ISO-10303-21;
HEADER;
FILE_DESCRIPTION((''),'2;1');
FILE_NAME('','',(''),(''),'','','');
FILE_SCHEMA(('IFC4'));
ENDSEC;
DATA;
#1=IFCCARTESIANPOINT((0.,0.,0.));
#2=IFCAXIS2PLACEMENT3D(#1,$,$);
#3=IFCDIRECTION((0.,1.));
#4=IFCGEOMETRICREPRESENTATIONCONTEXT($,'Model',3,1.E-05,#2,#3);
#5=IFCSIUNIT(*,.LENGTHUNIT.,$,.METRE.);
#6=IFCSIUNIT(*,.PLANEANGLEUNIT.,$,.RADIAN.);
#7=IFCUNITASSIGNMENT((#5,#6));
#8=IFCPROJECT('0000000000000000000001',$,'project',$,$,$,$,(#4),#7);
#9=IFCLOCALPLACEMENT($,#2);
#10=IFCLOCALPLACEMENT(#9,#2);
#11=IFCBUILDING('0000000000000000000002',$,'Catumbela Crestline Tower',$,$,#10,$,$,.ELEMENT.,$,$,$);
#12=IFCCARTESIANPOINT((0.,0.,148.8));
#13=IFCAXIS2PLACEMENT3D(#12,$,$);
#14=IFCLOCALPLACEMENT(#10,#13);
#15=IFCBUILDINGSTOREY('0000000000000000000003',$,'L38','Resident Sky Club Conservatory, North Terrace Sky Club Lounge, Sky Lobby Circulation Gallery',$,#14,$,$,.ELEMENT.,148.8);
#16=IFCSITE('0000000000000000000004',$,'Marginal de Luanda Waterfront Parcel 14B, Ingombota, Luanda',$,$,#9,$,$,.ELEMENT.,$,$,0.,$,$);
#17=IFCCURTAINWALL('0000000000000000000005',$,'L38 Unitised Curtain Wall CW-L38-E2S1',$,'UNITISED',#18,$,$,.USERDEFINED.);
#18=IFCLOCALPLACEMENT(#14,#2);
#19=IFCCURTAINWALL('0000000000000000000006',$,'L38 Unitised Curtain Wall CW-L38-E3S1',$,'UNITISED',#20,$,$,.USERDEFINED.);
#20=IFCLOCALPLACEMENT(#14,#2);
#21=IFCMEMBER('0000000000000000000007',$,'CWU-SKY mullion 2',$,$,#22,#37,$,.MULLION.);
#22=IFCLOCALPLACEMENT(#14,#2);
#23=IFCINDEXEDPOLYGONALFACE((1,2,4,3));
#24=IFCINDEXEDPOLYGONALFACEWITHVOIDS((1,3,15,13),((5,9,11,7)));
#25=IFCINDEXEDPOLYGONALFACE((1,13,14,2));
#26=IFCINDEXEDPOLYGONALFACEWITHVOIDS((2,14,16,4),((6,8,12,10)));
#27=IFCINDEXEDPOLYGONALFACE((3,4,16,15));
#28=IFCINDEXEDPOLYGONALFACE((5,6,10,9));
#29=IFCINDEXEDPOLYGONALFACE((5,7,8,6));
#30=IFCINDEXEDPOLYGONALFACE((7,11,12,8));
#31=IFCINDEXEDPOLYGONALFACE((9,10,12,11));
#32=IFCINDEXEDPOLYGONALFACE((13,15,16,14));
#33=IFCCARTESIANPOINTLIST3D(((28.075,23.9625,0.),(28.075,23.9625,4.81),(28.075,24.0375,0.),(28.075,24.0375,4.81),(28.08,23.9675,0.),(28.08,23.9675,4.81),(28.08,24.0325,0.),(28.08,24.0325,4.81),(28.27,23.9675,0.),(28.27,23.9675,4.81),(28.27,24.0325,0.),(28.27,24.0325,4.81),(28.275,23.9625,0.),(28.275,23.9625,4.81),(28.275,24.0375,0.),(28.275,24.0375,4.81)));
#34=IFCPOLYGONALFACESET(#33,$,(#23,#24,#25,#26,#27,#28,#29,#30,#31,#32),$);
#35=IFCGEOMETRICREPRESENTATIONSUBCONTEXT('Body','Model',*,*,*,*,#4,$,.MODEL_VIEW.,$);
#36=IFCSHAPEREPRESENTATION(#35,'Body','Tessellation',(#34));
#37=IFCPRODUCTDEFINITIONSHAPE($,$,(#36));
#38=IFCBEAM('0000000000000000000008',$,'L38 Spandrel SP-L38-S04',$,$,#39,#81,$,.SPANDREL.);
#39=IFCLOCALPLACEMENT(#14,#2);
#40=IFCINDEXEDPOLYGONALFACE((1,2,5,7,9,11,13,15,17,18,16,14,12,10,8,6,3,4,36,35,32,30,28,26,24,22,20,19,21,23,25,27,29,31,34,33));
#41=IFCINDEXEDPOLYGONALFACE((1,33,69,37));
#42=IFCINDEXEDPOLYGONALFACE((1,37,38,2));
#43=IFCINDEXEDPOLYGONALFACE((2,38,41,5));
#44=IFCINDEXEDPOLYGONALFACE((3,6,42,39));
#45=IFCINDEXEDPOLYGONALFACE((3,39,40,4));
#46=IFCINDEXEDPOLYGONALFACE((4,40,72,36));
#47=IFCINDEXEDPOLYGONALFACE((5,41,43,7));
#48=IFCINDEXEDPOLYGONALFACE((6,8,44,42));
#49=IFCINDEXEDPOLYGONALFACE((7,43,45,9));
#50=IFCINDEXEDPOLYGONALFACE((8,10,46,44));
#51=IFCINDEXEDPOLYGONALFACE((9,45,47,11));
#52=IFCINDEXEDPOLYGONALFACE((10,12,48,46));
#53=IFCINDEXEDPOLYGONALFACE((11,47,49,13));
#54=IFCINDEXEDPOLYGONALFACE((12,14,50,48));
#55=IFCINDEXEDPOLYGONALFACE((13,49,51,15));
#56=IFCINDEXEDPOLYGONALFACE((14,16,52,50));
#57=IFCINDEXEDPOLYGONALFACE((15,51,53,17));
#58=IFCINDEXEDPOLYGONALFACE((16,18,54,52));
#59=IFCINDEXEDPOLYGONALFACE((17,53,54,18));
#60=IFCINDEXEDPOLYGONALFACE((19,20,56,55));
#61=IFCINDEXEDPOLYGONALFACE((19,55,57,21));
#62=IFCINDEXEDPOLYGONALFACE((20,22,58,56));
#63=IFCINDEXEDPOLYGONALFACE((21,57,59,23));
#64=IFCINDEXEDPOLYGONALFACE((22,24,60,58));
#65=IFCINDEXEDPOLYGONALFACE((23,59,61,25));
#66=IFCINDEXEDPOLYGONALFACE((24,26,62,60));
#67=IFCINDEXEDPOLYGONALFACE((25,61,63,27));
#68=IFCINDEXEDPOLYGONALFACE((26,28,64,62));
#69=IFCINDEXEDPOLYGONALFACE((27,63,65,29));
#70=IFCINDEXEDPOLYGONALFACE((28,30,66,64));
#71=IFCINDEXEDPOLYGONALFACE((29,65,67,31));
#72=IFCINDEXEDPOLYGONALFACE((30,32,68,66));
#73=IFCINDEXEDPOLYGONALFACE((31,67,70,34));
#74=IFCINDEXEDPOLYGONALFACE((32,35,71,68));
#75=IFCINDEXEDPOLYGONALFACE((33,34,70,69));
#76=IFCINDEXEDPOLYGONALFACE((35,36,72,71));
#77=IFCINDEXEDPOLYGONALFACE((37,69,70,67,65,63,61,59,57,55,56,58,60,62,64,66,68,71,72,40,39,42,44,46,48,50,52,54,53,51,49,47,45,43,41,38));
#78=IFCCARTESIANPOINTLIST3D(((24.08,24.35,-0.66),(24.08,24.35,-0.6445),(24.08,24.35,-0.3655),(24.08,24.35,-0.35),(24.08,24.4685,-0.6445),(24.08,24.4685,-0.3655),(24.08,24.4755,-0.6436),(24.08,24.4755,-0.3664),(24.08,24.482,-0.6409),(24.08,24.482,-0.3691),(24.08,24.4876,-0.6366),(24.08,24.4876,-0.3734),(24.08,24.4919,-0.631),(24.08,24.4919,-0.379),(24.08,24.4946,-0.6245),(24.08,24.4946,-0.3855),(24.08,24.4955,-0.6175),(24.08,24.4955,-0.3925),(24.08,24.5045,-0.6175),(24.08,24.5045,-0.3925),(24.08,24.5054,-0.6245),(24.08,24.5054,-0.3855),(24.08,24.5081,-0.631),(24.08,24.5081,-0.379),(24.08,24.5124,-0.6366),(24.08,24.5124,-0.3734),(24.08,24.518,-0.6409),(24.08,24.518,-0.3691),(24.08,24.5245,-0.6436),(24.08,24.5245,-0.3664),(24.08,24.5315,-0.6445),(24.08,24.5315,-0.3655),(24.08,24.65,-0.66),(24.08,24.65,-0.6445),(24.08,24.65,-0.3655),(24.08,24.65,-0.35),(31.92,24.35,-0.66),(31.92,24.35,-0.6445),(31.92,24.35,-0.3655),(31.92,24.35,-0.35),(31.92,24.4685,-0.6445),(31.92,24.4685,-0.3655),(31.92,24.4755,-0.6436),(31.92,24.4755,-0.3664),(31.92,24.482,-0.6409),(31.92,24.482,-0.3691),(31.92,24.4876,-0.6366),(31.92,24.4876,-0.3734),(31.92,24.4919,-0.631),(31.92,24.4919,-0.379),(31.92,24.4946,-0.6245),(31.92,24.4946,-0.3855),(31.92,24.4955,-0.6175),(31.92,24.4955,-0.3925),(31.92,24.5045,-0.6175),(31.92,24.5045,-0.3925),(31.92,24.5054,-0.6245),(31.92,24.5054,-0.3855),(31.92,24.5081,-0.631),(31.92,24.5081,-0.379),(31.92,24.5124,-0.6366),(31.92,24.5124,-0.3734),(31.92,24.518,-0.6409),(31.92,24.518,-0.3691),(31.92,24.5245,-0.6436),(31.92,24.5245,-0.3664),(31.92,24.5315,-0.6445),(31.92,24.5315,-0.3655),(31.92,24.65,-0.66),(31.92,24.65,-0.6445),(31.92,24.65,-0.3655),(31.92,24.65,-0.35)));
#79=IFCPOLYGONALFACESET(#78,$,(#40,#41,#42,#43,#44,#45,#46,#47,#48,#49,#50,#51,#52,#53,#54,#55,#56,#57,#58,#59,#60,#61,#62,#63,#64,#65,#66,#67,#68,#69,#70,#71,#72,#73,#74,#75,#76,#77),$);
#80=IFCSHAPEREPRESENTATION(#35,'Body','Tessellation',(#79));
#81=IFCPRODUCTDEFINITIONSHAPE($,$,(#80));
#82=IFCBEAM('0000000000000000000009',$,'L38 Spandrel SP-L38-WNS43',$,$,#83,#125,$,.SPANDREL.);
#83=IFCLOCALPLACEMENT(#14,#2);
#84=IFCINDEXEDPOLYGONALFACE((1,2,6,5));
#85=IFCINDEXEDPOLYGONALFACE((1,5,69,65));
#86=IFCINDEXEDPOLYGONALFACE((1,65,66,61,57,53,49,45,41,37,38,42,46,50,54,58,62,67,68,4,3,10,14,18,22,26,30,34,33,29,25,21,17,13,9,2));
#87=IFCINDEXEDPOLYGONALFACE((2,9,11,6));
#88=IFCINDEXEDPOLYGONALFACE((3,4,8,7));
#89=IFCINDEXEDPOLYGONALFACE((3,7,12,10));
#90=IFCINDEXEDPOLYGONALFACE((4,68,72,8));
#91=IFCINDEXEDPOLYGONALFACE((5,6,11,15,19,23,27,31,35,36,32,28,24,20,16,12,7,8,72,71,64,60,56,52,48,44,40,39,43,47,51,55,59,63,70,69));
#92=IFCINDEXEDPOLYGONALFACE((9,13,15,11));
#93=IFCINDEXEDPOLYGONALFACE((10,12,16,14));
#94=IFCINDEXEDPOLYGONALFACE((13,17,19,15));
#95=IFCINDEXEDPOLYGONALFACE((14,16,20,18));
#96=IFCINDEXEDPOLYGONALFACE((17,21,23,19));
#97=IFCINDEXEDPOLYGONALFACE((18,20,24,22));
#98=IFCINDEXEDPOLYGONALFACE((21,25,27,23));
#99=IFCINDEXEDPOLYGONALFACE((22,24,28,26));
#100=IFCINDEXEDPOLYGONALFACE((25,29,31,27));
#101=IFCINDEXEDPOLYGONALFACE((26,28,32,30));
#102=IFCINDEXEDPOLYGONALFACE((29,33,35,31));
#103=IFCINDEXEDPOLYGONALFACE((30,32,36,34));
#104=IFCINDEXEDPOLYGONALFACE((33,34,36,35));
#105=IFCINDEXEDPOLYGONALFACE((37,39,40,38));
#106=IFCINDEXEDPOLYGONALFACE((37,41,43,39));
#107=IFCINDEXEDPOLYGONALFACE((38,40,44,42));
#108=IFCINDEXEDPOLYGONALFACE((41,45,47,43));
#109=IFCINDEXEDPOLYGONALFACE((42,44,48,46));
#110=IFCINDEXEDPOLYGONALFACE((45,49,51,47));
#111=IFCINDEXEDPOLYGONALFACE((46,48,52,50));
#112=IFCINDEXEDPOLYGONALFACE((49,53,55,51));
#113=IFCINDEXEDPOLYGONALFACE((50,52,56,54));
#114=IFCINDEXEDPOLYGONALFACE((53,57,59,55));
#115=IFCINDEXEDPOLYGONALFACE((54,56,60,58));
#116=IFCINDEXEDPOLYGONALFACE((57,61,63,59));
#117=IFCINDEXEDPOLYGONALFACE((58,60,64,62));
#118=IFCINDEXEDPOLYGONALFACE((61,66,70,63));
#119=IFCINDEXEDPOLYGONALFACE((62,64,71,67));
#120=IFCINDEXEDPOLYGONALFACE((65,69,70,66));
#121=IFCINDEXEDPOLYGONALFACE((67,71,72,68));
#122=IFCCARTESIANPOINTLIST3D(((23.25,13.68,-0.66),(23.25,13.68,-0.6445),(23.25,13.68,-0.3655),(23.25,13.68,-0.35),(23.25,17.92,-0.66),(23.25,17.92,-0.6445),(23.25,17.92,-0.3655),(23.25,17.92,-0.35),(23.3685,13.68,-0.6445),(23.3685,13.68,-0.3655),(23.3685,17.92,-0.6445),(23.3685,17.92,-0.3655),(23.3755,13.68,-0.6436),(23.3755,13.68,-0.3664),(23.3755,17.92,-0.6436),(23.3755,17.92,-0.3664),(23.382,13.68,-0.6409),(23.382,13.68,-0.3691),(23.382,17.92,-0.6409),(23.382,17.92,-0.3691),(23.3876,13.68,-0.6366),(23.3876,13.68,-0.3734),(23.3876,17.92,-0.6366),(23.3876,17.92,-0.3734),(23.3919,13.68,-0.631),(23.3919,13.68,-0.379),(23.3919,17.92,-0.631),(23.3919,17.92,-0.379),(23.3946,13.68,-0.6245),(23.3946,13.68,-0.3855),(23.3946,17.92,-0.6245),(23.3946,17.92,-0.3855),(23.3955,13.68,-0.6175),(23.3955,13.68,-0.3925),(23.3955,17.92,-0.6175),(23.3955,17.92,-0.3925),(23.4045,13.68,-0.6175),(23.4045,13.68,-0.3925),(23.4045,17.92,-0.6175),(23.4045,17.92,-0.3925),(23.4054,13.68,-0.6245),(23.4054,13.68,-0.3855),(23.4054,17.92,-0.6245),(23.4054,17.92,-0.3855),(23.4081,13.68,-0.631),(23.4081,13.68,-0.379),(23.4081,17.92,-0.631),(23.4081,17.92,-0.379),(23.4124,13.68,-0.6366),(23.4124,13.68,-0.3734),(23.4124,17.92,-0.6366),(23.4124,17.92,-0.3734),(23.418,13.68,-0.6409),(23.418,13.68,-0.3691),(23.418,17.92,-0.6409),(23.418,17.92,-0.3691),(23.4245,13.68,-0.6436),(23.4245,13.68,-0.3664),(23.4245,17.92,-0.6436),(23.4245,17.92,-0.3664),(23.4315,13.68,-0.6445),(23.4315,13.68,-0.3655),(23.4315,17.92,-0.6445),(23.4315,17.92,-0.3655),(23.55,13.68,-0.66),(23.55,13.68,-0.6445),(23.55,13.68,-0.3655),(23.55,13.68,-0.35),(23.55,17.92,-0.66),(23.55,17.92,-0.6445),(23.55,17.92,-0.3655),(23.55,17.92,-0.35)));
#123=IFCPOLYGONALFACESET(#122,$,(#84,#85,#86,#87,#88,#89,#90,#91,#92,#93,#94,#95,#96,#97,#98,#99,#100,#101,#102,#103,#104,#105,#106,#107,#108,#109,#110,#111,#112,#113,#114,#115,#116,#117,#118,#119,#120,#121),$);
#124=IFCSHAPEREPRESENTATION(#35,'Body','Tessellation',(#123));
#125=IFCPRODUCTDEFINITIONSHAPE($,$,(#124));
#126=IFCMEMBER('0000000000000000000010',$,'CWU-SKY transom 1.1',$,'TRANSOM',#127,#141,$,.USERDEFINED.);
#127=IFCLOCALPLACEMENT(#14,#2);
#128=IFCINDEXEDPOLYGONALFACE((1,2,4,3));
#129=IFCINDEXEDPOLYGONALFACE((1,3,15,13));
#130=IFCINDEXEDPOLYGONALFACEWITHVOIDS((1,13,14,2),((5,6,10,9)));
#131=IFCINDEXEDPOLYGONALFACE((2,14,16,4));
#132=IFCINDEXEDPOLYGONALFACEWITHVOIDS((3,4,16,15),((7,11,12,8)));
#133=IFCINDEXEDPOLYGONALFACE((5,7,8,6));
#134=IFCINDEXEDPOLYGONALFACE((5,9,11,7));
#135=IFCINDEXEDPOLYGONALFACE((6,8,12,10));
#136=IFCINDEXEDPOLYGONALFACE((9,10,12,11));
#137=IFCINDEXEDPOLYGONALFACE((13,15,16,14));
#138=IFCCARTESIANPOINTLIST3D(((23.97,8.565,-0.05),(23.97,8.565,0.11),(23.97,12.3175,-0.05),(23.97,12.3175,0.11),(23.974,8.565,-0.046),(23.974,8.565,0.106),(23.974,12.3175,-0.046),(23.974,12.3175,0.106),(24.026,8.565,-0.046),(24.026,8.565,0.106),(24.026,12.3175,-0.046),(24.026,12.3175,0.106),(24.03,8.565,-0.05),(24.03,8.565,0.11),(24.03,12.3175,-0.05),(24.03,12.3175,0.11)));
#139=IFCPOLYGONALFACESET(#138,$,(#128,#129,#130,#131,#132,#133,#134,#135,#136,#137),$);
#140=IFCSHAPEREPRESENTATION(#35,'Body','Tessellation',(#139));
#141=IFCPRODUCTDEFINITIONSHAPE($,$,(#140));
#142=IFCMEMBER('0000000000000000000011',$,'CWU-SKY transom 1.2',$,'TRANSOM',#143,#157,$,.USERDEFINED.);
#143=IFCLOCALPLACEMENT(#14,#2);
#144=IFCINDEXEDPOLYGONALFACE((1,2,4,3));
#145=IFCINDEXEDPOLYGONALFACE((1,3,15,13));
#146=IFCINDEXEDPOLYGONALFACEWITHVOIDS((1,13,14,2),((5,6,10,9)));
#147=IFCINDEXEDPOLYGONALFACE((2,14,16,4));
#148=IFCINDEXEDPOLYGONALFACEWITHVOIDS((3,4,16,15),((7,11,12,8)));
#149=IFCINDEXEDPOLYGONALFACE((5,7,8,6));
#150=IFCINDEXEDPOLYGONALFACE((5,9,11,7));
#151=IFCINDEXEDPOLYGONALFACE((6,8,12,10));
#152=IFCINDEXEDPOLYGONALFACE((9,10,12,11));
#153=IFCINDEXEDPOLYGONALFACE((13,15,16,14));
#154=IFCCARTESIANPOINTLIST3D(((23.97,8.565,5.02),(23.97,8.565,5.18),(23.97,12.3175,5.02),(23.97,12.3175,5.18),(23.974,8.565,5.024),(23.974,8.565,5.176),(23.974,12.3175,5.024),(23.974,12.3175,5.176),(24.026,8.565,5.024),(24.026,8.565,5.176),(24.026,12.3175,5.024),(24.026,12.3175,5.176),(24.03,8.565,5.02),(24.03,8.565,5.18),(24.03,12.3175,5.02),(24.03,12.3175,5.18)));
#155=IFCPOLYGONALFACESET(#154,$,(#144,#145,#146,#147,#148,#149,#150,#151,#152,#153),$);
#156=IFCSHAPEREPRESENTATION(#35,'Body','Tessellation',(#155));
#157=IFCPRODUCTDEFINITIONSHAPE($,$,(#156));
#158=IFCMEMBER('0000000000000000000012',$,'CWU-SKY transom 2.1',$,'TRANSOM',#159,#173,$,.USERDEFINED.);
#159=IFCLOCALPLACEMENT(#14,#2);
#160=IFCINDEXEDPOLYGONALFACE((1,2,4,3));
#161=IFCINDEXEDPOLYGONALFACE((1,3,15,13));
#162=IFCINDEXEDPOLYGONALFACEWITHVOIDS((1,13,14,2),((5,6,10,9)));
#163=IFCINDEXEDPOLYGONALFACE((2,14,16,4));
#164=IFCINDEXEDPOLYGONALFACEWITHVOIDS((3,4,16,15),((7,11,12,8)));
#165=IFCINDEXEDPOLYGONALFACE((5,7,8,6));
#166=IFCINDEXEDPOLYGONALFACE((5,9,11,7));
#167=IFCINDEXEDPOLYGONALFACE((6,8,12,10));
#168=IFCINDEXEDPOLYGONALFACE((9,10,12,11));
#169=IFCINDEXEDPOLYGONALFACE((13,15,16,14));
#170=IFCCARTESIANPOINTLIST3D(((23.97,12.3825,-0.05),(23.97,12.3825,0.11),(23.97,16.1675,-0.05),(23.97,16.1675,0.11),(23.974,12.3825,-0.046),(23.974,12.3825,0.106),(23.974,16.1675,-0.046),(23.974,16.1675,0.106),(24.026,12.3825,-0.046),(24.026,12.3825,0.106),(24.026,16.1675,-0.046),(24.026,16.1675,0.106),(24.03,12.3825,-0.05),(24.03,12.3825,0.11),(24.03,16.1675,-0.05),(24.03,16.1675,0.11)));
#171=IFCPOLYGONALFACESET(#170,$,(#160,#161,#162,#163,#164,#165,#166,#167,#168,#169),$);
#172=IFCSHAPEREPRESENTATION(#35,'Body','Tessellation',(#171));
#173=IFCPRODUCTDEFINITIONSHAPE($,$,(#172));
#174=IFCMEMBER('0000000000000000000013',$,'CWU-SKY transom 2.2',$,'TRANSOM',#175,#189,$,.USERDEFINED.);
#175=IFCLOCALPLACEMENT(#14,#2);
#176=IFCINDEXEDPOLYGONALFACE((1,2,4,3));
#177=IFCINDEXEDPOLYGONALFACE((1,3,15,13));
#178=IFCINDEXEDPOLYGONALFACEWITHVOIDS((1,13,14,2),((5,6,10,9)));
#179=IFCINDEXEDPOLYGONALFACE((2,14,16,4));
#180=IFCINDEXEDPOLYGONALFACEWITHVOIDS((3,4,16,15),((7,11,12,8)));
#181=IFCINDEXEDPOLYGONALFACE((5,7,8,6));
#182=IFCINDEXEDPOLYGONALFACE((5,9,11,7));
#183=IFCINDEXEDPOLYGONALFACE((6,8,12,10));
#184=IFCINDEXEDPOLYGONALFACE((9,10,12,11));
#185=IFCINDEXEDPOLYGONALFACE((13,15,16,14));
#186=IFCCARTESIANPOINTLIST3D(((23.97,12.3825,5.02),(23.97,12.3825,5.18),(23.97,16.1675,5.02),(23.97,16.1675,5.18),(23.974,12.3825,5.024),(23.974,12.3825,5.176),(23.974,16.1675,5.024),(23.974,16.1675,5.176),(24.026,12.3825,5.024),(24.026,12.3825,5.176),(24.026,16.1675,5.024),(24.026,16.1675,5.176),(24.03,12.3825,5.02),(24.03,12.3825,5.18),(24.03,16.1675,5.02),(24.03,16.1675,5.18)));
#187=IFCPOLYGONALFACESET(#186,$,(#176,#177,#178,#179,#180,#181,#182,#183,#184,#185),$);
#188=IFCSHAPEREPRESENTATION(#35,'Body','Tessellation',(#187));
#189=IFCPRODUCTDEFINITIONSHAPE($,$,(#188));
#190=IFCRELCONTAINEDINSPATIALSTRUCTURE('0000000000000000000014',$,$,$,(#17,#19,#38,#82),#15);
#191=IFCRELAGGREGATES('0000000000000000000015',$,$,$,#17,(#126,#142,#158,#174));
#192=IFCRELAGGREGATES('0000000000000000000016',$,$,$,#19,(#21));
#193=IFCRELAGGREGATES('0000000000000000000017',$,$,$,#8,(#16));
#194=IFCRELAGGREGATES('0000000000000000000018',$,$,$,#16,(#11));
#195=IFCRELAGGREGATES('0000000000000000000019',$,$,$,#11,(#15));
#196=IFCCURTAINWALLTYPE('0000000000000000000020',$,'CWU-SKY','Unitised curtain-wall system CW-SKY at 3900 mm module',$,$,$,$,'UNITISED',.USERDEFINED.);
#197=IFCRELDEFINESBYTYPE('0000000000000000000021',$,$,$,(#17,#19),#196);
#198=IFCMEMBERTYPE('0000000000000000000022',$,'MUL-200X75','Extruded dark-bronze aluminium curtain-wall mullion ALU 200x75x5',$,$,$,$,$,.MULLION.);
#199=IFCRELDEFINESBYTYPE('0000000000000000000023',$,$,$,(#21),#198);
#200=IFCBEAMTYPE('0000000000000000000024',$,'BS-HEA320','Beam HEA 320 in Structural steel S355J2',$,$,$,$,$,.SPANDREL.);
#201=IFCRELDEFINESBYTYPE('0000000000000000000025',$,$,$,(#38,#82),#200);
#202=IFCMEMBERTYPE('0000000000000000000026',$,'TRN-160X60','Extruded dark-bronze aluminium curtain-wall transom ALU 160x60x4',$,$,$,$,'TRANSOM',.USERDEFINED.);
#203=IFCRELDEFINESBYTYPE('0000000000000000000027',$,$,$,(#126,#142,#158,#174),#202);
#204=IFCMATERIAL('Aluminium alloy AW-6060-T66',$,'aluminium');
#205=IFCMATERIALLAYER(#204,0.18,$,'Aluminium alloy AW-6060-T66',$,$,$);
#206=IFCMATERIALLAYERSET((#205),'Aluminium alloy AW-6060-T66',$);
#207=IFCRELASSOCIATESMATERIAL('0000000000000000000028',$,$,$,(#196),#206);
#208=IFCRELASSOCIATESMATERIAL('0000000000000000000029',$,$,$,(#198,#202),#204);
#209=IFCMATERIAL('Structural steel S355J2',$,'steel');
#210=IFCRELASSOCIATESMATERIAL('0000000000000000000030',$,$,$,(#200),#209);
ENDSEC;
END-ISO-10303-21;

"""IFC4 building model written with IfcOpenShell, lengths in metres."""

from ifc_helpers import new_model, si_unit, direction, frame, origin, origin_2d, place, context, subcontext, project, spatial, hollow_rectangle, i_section, extrude, material, layer, layer_set, material_profile, profile_set, type_object, element, aggregate, save


model = new_model("IFC4")

# Units and contexts
model_context = context("Model", 3, precision=1e-05, world=origin(), true_north=direction((0.0, 1.0)))
body_context = subcontext(model_context, "Body", "Model", "MODEL_VIEW")
ifc_project = project(units=[si_unit("LENGTHUNIT", "METRE"), si_unit("PLANEANGLEUNIT", "RADIAN")], contexts=[model_context])

# Site, building, storey
site_placement = place(None, origin())
site = spatial("IfcSite", under=ifc_project, at=site_placement, Name="Marginal de Luanda Waterfront Parcel 14B, Ingombota, Luanda", CompositionType="ELEMENT", RefElevation=0.0)
building_placement = place(site_placement, origin())
building = spatial("IfcBuilding", under=site, at=building_placement, Name="Catumbela Crestline Tower", CompositionType="ELEMENT")
storey_placement = place(building_placement, frame((0.0, 0.0, 148.8)))
storey = spatial("IfcBuildingStorey", under=building, at=storey_placement, Name="L38", Description="Resident Sky Club Conservatory, North Terrace Sky Club Lounge, Sky Lobby Circulation Gallery", CompositionType="ELEMENT", Elevation=148.8)

# Shared definitions
ifc_material_1 = material(Name="Structural steel S355J2", Category="steel")

# Curtain walls, member
ifc_material_2 = material(Name="Aluminium alloy AW-6060-T66", Category="aluminium")
ifc_layer_1 = layer(ifc_material_2, 0.18, Name="Aluminium alloy AW-6060-T66")
ifc_layer_set_1 = layer_set([ifc_layer_1], Name="Aluminium alloy AW-6060-T66")
curtain_wall_type = type_object("IfcCurtainWallType", Name="CWU-SKY", Description="Unitised curtain-wall system CW-SKY at 3900 mm module", ElementType="UNITISED", PredefinedType="USERDEFINED", material=ifc_layer_set_1)
curtain_wall_1_placement = place(storey_placement, origin())
curtain_wall_1 = element("IfcCurtainWall", 1, at=curtain_wall_1_placement, inside=storey, type_object=curtain_wall_type, Name="L38 Unitised Curtain Wall CW-L38-E2S1", ObjectType="UNITISED", PredefinedType="USERDEFINED")
ifc_material_profile_1 = material_profile(ifc_material_2, hollow_rectangle(XDim=0.075, YDim=0.2, WallThickness=0.005, at=origin_2d()), Name="ALU 200x75x5")
ifc_profile_set_1 = profile_set([ifc_material_profile_1], Name="Aluminium alloy AW-6060-T66")
member_type_1 = type_object("IfcMemberType", Name="MUL-200X75", Description="Extruded dark-bronze aluminium curtain-wall mullion ALU 200x75x5", PredefinedType="MULLION", material=ifc_profile_set_1)
curtain_wall_2_placement = place(storey_placement, origin())
curtain_wall_2 = element("IfcCurtainWall", 2, at=curtain_wall_2_placement, inside=storey, type_object=curtain_wall_type, Name="L38 Unitised Curtain Wall CW-L38-E3S1", ObjectType="UNITISED", PredefinedType="USERDEFINED")
member_1_placement = place(storey_placement, frame((28.175, 24.0, 0.0), z_axis=(0.0, 0.0, 1.0), x_axis=(0.0, 1.0, 0.0)))
member_1 = element("IfcMember", 3, at=member_1_placement, type_object=member_type_1, Name="CWU-SKY mullion 2", PredefinedType="MULLION", context=body_context, shape_type="SweptSolid", body=[
    extrude(hollow_rectangle(XDim=0.075, YDim=0.2, WallThickness=0.005, at=origin_2d()), origin(), (0.0, 0.0, 1.0), 4.81),
])

# Beams
ifc_material_profile_2 = material_profile(ifc_material_1, i_section(OverallWidth=0.3, OverallDepth=0.31, WebThickness=0.009, FlangeThickness=0.0155, FilletRadius=0.027, at=origin_2d()), Name="HEA 320")
ifc_profile_set_2 = profile_set([ifc_material_profile_2], Name="Structural steel S355J2")
beam_type_1 = type_object("IfcBeamType", Name="BS-HEA320", Description="Beam HEA 320 in Structural steel S355J2", PredefinedType="SPANDREL", material=ifc_profile_set_2)
beam_1_placement = place(storey_placement, frame((24.08, 24.5, -0.505), z_axis=(1.0, 0.0, 0.0), x_axis=(0.0, 1.0, 0.0)))
element("IfcBeam", 4, at=beam_1_placement, inside=storey, type_object=beam_type_1, Name="L38 Spandrel SP-L38-S04", PredefinedType="SPANDREL", context=body_context, shape_type="SweptSolid", body=[
    extrude(i_section(OverallWidth=0.3, OverallDepth=0.31, WebThickness=0.009, FlangeThickness=0.0155, FilletRadius=0.027, at=origin_2d()), origin(), (0.0, 0.0, 1.0), 7.84),
])
beam_2_placement = place(storey_placement, frame((23.4, 13.68, -0.505), z_axis=(0.0, 1.0, 0.0), x_axis=(-1.0, 0.0, 0.0)))
element("IfcBeam", 5, at=beam_2_placement, inside=storey, type_object=beam_type_1, Name="L38 Spandrel SP-L38-WNS43", PredefinedType="SPANDREL", context=body_context, shape_type="SweptSolid", body=[
    extrude(i_section(OverallWidth=0.3, OverallDepth=0.31, WebThickness=0.009, FlangeThickness=0.0155, FilletRadius=0.027, at=origin_2d()), origin(), (0.0, 0.0, 1.0), 4.24),
])

# Members
ifc_material_profile_3 = material_profile(ifc_material_2, hollow_rectangle(XDim=0.06, YDim=0.16, WallThickness=0.004, at=origin_2d()), Name="ALU 160x60x4")
ifc_profile_set_3 = profile_set([ifc_material_profile_3], Name="Aluminium alloy AW-6060-T66")
member_type_2 = type_object("IfcMemberType", Name="TRN-160X60", Description="Extruded dark-bronze aluminium curtain-wall transom ALU 160x60x4", ElementType="TRANSOM", PredefinedType="USERDEFINED", material=ifc_profile_set_3)
member_2_placement = place(storey_placement, frame((24.0, 8.565, 0.03), z_axis=(0.0, 1.0, 0.0), x_axis=(-1.0, 0.0, 0.0)))
member_2 = element("IfcMember", 6, at=member_2_placement, type_object=member_type_2, Name="CWU-SKY transom 1.1", ObjectType="TRANSOM", PredefinedType="USERDEFINED", context=body_context, shape_type="SweptSolid", body=[
    extrude(hollow_rectangle(XDim=0.06, YDim=0.16, WallThickness=0.004, at=origin_2d()), origin(), (0.0, 0.0, 1.0), 3.7525),
])
member_3_placement = place(storey_placement, frame((24.0, 8.565, 5.1), z_axis=(0.0, 1.0, 0.0), x_axis=(-1.0, 0.0, 0.0)))
member_3 = element("IfcMember", 7, at=member_3_placement, type_object=member_type_2, Name="CWU-SKY transom 1.2", ObjectType="TRANSOM", PredefinedType="USERDEFINED", context=body_context, shape_type="SweptSolid", body=[
    extrude(hollow_rectangle(XDim=0.06, YDim=0.16, WallThickness=0.004, at=origin_2d()), origin(), (0.0, 0.0, 1.0), 3.7525),
])
member_4_placement = place(storey_placement, frame((24.0, 12.3825, 0.03), z_axis=(0.0, 1.0, 0.0), x_axis=(-1.0, 0.0, 0.0)))
member_4 = element("IfcMember", 8, at=member_4_placement, type_object=member_type_2, Name="CWU-SKY transom 2.1", ObjectType="TRANSOM", PredefinedType="USERDEFINED", context=body_context, shape_type="SweptSolid", body=[
    extrude(hollow_rectangle(XDim=0.06, YDim=0.16, WallThickness=0.004, at=origin_2d()), origin(), (0.0, 0.0, 1.0), 3.785),
])
member_5_placement = place(storey_placement, frame((24.0, 12.3825, 5.1), z_axis=(0.0, 1.0, 0.0), x_axis=(-1.0, 0.0, 0.0)))
member_5 = element("IfcMember", 9, at=member_5_placement, type_object=member_type_2, Name="CWU-SKY transom 2.2", ObjectType="TRANSOM", PredefinedType="USERDEFINED", context=body_context, shape_type="SweptSolid", body=[
    extrude(hollow_rectangle(XDim=0.06, YDim=0.16, WallThickness=0.004, at=origin_2d()), origin(), (0.0, 0.0, 1.0), 3.785),
])

aggregate(curtain_wall_1, [member_2, member_3, member_4, member_5])
aggregate(curtain_wall_2, [member_1])

save(model, "model.ifc")
